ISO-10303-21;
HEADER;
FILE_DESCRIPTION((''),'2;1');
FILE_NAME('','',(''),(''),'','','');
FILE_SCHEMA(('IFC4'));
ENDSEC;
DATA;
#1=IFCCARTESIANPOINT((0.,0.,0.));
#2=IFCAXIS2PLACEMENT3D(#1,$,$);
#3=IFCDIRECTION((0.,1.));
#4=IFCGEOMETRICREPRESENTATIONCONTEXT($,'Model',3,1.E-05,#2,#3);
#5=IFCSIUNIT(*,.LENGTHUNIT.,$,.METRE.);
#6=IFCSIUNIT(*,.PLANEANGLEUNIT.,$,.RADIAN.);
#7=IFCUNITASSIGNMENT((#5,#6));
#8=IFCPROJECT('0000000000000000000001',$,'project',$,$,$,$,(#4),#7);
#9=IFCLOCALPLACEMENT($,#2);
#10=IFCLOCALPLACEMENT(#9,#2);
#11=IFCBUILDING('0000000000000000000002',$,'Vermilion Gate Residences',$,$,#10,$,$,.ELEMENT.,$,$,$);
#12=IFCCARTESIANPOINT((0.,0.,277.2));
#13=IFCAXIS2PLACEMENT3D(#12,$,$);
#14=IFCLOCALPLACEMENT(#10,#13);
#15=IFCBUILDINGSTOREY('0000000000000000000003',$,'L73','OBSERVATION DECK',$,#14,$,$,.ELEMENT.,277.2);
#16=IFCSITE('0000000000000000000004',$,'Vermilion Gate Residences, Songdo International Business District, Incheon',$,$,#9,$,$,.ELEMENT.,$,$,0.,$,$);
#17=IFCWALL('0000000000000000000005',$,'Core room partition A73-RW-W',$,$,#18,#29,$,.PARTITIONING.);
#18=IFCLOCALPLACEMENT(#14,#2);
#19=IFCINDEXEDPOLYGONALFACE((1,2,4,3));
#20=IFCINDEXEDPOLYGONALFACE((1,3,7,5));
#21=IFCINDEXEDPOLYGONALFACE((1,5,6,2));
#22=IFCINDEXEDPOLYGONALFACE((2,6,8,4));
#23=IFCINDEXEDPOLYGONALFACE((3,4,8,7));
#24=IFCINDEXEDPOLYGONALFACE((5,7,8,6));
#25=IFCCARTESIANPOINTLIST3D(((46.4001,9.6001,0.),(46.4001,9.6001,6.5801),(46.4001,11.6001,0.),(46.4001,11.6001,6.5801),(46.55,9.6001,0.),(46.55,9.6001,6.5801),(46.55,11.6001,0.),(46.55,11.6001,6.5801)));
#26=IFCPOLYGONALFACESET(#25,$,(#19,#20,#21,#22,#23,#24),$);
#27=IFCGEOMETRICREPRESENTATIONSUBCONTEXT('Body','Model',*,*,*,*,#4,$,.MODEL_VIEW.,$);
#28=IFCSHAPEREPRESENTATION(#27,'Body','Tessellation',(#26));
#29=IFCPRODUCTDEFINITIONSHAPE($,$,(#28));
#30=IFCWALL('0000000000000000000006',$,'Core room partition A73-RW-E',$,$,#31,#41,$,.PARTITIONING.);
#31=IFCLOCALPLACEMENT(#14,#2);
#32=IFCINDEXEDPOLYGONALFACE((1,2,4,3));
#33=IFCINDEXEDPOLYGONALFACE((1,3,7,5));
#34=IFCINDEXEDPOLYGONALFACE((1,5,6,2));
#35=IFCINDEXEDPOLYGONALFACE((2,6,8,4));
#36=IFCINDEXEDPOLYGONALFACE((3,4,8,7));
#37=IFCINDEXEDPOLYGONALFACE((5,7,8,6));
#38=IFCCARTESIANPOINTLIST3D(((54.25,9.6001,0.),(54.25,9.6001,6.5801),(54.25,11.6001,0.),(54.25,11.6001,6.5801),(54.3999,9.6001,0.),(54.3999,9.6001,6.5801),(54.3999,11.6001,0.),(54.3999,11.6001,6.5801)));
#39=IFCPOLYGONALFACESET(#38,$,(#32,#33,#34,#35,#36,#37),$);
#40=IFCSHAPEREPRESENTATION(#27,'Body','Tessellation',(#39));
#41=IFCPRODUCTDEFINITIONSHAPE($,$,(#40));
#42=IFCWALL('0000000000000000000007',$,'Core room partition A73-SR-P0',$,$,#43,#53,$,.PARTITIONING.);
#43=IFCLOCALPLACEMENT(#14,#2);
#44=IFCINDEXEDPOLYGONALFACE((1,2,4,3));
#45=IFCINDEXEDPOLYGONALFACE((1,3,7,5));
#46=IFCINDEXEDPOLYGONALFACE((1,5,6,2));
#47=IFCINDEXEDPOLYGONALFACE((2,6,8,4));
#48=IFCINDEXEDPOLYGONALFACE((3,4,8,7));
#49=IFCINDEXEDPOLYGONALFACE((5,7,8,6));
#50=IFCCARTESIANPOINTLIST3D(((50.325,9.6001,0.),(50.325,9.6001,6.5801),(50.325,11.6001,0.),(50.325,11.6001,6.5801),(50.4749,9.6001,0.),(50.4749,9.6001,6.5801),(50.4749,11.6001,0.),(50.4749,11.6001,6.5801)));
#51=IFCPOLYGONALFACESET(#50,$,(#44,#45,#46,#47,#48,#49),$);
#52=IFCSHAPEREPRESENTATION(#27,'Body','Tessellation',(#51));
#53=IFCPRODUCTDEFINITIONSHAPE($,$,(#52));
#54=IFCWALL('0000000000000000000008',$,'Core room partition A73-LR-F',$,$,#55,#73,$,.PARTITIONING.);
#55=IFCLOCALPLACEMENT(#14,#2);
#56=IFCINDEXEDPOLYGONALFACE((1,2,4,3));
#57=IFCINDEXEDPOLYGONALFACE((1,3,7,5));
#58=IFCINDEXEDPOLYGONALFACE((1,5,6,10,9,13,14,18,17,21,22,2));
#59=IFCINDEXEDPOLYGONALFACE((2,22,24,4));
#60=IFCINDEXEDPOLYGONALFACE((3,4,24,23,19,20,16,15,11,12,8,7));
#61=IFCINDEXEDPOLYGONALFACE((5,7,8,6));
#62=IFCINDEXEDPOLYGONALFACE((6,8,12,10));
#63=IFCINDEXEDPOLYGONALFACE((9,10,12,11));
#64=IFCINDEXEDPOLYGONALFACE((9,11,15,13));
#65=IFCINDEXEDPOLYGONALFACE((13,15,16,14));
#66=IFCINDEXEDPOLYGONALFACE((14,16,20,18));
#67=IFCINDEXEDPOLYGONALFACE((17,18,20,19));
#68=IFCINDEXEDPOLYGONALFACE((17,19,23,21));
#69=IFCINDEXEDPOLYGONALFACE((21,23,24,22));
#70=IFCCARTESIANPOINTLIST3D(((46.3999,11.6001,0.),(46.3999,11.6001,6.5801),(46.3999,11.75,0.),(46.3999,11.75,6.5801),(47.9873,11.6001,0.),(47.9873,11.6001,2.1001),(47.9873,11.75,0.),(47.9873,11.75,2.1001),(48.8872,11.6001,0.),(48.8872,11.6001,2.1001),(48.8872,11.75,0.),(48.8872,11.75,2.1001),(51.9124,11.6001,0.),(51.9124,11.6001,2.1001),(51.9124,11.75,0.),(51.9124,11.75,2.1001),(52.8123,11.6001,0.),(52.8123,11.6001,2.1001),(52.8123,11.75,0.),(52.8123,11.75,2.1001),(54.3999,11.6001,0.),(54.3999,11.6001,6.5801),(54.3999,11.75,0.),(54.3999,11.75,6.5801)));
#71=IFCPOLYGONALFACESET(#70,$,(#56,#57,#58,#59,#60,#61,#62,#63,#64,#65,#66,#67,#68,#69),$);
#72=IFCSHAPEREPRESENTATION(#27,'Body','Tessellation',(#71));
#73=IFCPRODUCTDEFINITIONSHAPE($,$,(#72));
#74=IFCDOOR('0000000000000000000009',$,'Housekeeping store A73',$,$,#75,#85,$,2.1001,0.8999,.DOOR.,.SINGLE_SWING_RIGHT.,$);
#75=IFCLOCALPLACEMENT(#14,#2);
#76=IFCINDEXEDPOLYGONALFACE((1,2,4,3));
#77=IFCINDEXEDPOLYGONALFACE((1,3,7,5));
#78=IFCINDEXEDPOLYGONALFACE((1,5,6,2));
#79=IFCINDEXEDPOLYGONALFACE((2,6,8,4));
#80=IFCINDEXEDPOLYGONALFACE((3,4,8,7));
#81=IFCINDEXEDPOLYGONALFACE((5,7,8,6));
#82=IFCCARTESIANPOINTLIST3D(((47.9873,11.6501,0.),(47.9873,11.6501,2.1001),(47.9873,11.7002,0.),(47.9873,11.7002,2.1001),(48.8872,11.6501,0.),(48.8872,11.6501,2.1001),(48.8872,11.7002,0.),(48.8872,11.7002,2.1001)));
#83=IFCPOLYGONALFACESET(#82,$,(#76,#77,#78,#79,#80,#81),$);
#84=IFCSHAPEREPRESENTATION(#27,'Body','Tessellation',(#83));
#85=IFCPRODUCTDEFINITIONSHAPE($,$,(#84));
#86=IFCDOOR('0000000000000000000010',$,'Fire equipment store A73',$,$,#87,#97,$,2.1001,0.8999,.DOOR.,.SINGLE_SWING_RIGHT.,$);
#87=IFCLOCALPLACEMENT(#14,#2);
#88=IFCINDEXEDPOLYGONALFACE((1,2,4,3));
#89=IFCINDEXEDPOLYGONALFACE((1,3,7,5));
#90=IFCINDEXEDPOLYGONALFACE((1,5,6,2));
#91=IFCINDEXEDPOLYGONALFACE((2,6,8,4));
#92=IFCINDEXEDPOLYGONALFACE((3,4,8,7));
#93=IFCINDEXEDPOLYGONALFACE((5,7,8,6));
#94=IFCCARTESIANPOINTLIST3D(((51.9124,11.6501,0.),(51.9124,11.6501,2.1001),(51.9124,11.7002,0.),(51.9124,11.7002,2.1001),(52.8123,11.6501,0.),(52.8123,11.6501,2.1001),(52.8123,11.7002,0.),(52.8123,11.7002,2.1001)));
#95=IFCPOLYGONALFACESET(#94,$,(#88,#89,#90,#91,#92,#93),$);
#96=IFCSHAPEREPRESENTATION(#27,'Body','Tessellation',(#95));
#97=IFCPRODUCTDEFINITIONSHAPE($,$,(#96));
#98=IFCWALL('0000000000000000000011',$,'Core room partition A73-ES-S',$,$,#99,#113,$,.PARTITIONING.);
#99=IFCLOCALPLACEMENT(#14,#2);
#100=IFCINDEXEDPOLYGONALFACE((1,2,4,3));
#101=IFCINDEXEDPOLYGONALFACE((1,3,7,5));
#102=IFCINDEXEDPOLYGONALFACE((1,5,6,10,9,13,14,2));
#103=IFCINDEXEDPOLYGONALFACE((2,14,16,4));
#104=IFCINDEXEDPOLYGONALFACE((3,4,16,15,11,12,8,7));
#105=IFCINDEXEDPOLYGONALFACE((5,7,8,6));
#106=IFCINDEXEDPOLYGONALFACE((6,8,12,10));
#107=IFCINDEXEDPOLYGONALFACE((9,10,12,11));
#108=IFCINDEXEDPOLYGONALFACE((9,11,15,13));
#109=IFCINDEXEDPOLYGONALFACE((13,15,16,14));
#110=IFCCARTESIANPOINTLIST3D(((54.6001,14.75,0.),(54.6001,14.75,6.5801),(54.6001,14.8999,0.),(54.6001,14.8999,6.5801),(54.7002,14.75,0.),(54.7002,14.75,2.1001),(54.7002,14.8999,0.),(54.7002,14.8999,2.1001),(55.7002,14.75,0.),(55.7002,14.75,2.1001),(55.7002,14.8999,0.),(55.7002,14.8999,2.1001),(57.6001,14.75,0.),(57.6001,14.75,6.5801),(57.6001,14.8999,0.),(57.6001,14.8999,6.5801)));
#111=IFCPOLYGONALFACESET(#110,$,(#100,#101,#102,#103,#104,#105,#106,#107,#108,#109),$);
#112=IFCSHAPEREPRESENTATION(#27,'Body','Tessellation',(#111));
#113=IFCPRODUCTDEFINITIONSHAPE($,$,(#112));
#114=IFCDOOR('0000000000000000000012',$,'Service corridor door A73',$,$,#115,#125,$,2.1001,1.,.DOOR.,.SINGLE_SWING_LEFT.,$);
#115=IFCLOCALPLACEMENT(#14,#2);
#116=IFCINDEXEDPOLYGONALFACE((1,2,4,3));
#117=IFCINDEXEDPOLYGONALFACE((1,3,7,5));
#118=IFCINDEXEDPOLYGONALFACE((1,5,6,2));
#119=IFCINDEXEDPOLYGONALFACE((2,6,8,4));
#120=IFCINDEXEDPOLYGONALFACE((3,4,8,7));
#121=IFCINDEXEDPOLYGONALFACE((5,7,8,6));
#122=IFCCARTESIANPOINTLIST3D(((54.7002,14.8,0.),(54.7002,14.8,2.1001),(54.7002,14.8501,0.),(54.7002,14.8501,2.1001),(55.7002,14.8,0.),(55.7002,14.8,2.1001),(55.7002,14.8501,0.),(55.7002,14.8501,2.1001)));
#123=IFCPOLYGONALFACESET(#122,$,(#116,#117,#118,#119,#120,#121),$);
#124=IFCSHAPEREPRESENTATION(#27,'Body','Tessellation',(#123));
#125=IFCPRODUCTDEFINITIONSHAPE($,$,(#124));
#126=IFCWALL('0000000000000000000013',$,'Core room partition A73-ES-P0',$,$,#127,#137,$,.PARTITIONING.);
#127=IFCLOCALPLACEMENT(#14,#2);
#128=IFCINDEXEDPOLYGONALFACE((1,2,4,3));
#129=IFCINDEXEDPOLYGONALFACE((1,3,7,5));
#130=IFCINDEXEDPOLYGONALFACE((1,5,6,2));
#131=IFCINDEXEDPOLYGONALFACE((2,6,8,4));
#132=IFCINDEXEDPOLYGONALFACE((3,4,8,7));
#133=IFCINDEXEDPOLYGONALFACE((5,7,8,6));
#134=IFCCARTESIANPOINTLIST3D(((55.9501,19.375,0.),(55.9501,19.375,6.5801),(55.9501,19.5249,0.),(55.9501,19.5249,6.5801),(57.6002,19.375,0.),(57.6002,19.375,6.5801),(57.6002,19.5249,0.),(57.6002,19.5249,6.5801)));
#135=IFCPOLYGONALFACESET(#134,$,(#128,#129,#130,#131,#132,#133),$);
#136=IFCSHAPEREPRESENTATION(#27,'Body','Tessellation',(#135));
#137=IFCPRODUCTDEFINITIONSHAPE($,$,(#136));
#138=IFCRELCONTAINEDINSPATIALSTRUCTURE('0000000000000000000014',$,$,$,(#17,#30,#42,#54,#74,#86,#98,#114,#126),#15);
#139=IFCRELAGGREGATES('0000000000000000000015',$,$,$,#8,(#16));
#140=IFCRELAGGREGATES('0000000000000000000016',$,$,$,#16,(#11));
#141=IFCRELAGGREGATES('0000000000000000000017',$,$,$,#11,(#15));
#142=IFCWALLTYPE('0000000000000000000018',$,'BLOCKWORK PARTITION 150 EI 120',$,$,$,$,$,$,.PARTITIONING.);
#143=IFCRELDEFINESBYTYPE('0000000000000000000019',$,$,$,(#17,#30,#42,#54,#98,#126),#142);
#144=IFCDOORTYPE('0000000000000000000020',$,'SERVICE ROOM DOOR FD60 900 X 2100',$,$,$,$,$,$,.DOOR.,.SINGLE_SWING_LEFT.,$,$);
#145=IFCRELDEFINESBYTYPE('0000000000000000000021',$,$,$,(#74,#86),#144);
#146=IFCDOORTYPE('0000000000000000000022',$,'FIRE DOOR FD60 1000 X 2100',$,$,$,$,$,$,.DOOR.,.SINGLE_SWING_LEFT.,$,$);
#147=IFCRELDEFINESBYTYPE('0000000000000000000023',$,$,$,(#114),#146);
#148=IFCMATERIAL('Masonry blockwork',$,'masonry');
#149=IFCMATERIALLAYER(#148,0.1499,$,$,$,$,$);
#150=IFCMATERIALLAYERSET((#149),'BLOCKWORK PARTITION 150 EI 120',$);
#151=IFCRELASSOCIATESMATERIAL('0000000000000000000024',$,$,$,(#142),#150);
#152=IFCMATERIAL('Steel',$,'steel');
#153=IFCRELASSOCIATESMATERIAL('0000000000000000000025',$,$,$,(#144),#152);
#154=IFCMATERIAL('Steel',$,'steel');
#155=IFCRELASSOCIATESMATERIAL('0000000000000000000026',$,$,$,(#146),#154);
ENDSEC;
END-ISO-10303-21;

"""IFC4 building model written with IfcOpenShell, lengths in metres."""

from ifc_helpers import new_model, si_unit, direction, frame, frame_2d, origin, place, context, subcontext, project, spatial, rectangle, extrude, material, layer, layer_set, type_object, element, fill, save


model = new_model("IFC4")

# Units and contexts
model_context = context("Model", 3, precision=1e-05, world=origin(), true_north=direction((0.0, 1.0)))
body_context = subcontext(model_context, "Body", "Model", "MODEL_VIEW")
ifc_project = project(units=[si_unit("LENGTHUNIT", "METRE"), si_unit("PLANEANGLEUNIT", "RADIAN")], contexts=[model_context])

# Site, building, storey
site_placement = place(None, origin())
site = spatial("IfcSite", under=ifc_project, at=site_placement, Name="Vermilion Gate Residences, Songdo International Business District, Incheon", CompositionType="ELEMENT", RefElevation=0.0)
building_placement = place(site_placement, origin())
building = spatial("IfcBuilding", under=site, at=building_placement, Name="Vermilion Gate Residences", CompositionType="ELEMENT")
storey_placement = place(building_placement, frame((0.0, 0.0, 277.2)))
storey = spatial("IfcBuildingStorey", under=building, at=storey_placement, Name="L73", Description="OBSERVATION DECK", CompositionType="ELEMENT", Elevation=277.2)

# Walls
ifc_material_1 = material(Name="Masonry blockwork", Category="masonry")
ifc_layer_1 = layer(ifc_material_1, 0.1499)
ifc_layer_set_1 = layer_set([ifc_layer_1], Name="BLOCKWORK PARTITION 150 EI 120")
wall_type_1 = type_object("IfcWallType", Name="BLOCKWORK PARTITION 150 EI 120", PredefinedType="PARTITIONING", material=ifc_layer_set_1)
for number, where, z_axis, x_axis, name in (
    (1, (46.4751, 9.6001, 0.0), (0.0, 0.0, 1.0), (0.0, 1.0, 0.0), "Core room partition A73-RW-W"),
    (2, (54.325, 9.6001, 0.0), (0.0, 0.0, 1.0), (0.0, 1.0, 0.0), "Core room partition A73-RW-E"),
    (3, (50.3999, 9.6001, 0.0), (0.0, 0.0, 1.0), (0.0, 1.0, 0.0), "Core room partition A73-SR-P0"),
):
    element("IfcWall", number, at=place(storey_placement, frame(where, z_axis=z_axis, x_axis=x_axis)), inside=storey, type_object=wall_type_1, Name=name, PredefinedType="PARTITIONING", context=body_context, shape_type="SweptSolid", body=[
        extrude(rectangle(XDim=2.0, YDim=0.1499, at=frame_2d((1.0, 0.0))), origin(), (0.0, 0.0, 1.0), 6.5801),
    ])

# Wall, openings, doors
wall_1_placement = place(storey_placement, frame((46.3999, 11.675, 0.0), z_axis=(0.0, 0.0, 1.0), x_axis=(1.0, 0.0, 0.0)))
wall_1 = element("IfcWall", 4, at=wall_1_placement, inside=storey, type_object=wall_type_1, Name="Core room partition A73-LR-F", PredefinedType="PARTITIONING", context=body_context, shape_type="SweptSolid", body=[
    extrude(rectangle(XDim=8.0, YDim=0.1499, at=frame_2d((4.0, 0.0))), origin(), (0.0, 0.0, 1.0), 6.5801),
])
opening_1_placement = place(wall_1_placement, frame((1.5874, 0.0, 0.0)))
opening_1 = element("IfcOpeningElement", 5, at=opening_1_placement, cuts=wall_1, PredefinedType="OPENING", context=body_context, shape_type="SweptSolid", body=[
    extrude(rectangle(XDim=0.8999, YDim=2.1001, at=frame_2d((0.45, 1.05))), frame((0.0, 0.085, 0.0), z_axis=(0.0, -1.0, 0.0), x_axis=(1.0, 0.0, 0.0)), (0.0, 0.0, 1.0), 0.1699),
])
opening_2_placement = place(wall_1_placement, frame((5.5125, 0.0, 0.0)))
opening_2 = element("IfcOpeningElement", 6, at=opening_2_placement, cuts=wall_1, PredefinedType="OPENING", context=body_context, shape_type="SweptSolid", body=[
    extrude(rectangle(XDim=0.8999, YDim=2.1001, at=frame_2d((0.45, 1.05))), frame((0.0, 0.085, 0.0), z_axis=(0.0, -1.0, 0.0), x_axis=(1.0, 0.0, 0.0)), (0.0, 0.0, 1.0), 0.1699),
])
ifc_material_2 = material(Name="Steel", Category="steel")
door_type_1 = type_object("IfcDoorType", Name="SERVICE ROOM DOOR FD60 900 X 2100", OperationType="SINGLE_SWING_LEFT", PredefinedType="DOOR", material=ifc_material_2)
door_1_placement = place(opening_1_placement, frame((0.8999, 0.0, 0.0), z_axis=(0.0, 0.0, 1.0), x_axis=(-1.0, 0.0, 0.0)))
door_1 = element("IfcDoor", 7, at=door_1_placement, inside=storey, type_object=door_type_1, Name="Housekeeping store A73", OperationType="SINGLE_SWING_RIGHT", OverallHeight=2.1001, OverallWidth=0.8999, PredefinedType="DOOR", context=body_context, shape_type="SweptSolid", body=[
    extrude(rectangle(XDim=0.8999, YDim=2.1001, at=frame_2d((0.45, 1.05))), frame((0.0, 0.0249, 0.0), z_axis=(0.0, -1.0, 0.0), x_axis=(1.0, 0.0, 0.0)), (0.0, 0.0, 1.0), 0.05),
])
fill(opening_1, door_1)
door_2_placement = place(opening_2_placement, frame((0.8999, 0.0, 0.0), z_axis=(0.0, 0.0, 1.0), x_axis=(-1.0, 0.0, 0.0)))
door_2 = element("IfcDoor", 8, at=door_2_placement, inside=storey, type_object=door_type_1, Name="Fire equipment store A73", OperationType="SINGLE_SWING_RIGHT", OverallHeight=2.1001, OverallWidth=0.8999, PredefinedType="DOOR", context=body_context, shape_type="SweptSolid", body=[
    extrude(rectangle(XDim=0.8999, YDim=2.1001, at=frame_2d((0.45, 1.05))), frame((0.0, 0.0249, 0.0), z_axis=(0.0, -1.0, 0.0), x_axis=(1.0, 0.0, 0.0)), (0.0, 0.0, 1.0), 0.05),
])
fill(opening_2, door_2)

# Wall, opening, door
wall_2_placement = place(storey_placement, frame((54.6001, 14.825, 0.0), z_axis=(0.0, 0.0, 1.0), x_axis=(1.0, 0.0, 0.0)))
wall_2 = element("IfcWall", 9, at=wall_2_placement, inside=storey, type_object=wall_type_1, Name="Core room partition A73-ES-S", PredefinedType="PARTITIONING", context=body_context, shape_type="SweptSolid", body=[
    extrude(rectangle(XDim=3.0, YDim=0.1499, at=frame_2d((1.5, 0.0))), origin(), (0.0, 0.0, 1.0), 6.5801),
])
opening_3_placement = place(wall_2_placement, frame((0.1001, 0.0, 0.0)))
opening_3 = element("IfcOpeningElement", 10, at=opening_3_placement, cuts=wall_2, PredefinedType="OPENING", context=body_context, shape_type="SweptSolid", body=[
    extrude(rectangle(XDim=1.0, YDim=2.1001, at=frame_2d((0.5, 1.05))), frame((0.0, 0.085, 0.0), z_axis=(0.0, -1.0, 0.0), x_axis=(1.0, 0.0, 0.0)), (0.0, 0.0, 1.0), 0.1699),
])
ifc_material_3 = material(Name="Steel", Category="steel")
door_type_2 = type_object("IfcDoorType", Name="FIRE DOOR FD60 1000 X 2100", OperationType="SINGLE_SWING_LEFT", PredefinedType="DOOR", material=ifc_material_3)
door_3_placement = place(opening_3_placement, frame((1.0, 0.0, 0.0), z_axis=(0.0, 0.0, 1.0), x_axis=(-1.0, 0.0, 0.0)))
door_3 = element("IfcDoor", 11, at=door_3_placement, inside=storey, type_object=door_type_2, Name="Service corridor door A73", OperationType="SINGLE_SWING_LEFT", OverallHeight=2.1001, OverallWidth=1.0, PredefinedType="DOOR", context=body_context, shape_type="SweptSolid", body=[
    extrude(rectangle(XDim=1.0, YDim=2.1001, at=frame_2d((0.5, 1.05))), frame((0.0, 0.0249, 0.0), z_axis=(0.0, -1.0, 0.0), x_axis=(1.0, 0.0, 0.0)), (0.0, 0.0, 1.0), 0.05),
])
fill(opening_3, door_3)

# Wall
wall_3_placement = place(storey_placement, frame((55.95, 19.45, 0.0), z_axis=(0.0, 0.0, 1.0), x_axis=(1.0, 0.0, 0.0)))
element("IfcWall", 12, at=wall_3_placement, inside=storey, type_object=wall_type_1, Name="Core room partition A73-ES-P0", PredefinedType="PARTITIONING", context=body_context, shape_type="SweptSolid", body=[
    extrude(rectangle(XDim=1.6501, YDim=0.1499, at=frame_2d((0.8252, 0.0))), origin(), (0.0, 0.0, 1.0), 6.5801),
])

save(model, "model.ifc")
